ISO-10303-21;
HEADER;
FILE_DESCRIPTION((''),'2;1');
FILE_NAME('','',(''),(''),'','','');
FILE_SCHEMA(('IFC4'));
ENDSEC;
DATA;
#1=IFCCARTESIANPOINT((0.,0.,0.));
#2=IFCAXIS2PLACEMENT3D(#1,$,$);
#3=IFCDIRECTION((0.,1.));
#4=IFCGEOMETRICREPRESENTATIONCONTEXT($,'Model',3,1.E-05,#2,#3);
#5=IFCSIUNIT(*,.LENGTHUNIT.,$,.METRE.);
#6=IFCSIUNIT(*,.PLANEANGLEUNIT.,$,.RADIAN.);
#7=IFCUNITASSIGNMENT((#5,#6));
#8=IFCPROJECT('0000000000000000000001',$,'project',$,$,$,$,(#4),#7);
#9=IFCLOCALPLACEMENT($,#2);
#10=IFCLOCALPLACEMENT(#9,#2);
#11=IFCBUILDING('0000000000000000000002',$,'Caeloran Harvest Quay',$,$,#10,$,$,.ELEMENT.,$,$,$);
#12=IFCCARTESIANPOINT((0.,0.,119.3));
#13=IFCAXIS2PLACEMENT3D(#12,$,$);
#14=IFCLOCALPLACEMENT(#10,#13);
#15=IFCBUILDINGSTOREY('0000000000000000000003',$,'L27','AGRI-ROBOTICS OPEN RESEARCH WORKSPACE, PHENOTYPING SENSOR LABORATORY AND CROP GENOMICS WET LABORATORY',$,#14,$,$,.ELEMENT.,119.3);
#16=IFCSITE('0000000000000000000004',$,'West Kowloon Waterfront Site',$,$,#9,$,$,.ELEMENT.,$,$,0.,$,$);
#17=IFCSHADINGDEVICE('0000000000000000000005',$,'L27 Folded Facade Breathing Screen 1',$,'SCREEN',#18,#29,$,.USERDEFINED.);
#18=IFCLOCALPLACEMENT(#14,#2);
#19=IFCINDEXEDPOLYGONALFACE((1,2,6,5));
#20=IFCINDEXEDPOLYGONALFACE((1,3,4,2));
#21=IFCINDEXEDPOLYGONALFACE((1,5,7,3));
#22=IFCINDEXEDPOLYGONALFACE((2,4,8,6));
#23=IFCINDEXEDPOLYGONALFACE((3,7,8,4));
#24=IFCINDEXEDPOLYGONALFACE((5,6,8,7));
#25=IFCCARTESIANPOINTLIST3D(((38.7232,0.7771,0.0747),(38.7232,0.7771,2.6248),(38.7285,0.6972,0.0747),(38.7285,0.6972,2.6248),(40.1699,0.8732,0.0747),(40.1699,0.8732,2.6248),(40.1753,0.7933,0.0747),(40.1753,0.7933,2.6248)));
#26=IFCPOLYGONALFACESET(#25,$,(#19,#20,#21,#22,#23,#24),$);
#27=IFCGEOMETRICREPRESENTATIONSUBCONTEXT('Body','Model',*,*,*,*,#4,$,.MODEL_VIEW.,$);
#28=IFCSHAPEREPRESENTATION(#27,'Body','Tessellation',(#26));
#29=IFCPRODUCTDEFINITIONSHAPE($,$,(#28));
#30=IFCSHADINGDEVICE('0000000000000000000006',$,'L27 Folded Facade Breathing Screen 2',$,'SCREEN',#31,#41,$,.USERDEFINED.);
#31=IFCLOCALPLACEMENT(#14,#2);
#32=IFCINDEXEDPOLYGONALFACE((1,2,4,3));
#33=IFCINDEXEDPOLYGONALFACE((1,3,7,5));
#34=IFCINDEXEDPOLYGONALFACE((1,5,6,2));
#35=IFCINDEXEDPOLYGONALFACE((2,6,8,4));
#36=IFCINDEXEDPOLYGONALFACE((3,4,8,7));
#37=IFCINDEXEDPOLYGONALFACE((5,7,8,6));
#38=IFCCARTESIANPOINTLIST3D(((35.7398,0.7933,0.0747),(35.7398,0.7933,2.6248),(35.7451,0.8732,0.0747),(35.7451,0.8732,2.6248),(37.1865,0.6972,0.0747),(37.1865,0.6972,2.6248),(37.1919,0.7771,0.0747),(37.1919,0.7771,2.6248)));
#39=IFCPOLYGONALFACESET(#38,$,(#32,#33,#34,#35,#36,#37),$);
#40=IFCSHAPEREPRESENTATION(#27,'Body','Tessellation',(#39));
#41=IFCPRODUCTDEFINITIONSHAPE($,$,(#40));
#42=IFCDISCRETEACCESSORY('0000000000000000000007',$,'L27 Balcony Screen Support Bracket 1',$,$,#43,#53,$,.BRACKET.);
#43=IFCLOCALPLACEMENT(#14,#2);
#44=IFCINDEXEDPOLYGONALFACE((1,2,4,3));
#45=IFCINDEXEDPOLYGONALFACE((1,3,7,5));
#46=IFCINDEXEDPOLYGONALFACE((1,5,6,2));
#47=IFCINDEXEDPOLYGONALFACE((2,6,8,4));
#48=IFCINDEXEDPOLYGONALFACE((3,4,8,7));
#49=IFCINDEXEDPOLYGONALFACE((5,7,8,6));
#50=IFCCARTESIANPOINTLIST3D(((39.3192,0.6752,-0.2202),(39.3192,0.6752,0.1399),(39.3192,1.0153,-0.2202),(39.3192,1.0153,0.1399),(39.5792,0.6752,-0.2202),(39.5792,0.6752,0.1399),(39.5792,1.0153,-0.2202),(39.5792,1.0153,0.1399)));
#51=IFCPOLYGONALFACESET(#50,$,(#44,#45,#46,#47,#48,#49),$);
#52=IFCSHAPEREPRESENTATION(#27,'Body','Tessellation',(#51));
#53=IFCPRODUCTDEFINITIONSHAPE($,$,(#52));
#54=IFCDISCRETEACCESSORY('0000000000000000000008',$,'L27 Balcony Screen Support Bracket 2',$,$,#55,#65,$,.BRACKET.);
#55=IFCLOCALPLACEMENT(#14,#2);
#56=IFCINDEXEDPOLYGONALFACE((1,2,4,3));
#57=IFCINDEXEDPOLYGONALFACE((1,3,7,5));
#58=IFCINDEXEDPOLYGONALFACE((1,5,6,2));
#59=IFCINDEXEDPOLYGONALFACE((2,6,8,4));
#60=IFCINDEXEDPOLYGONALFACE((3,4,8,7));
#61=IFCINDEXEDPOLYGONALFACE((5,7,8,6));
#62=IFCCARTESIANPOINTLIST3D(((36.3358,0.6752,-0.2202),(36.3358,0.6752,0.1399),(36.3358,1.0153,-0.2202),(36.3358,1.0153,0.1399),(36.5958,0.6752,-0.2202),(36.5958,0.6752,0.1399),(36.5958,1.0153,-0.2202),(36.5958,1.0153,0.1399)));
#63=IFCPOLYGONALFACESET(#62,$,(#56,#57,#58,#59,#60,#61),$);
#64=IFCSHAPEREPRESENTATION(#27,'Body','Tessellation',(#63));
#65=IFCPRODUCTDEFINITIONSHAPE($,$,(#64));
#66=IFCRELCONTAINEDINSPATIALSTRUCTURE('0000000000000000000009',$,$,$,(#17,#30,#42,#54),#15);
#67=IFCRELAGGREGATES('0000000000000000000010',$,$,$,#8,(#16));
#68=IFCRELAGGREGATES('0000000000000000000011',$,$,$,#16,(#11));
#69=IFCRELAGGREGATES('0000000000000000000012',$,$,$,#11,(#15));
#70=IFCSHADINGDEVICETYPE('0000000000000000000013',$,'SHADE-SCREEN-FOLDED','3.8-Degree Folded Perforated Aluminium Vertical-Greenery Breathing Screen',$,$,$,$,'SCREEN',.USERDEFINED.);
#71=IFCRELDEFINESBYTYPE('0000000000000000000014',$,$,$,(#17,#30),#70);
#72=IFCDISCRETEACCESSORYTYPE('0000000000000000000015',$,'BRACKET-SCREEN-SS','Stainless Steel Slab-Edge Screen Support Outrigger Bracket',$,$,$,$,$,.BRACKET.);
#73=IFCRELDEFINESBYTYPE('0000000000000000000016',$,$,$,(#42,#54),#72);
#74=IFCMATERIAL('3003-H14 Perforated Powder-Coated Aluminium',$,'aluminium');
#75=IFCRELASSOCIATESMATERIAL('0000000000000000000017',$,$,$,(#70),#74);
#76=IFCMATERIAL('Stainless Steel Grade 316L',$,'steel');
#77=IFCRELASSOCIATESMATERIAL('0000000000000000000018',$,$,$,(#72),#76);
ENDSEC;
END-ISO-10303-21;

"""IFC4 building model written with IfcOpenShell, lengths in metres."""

from ifc_helpers import new_model, si_unit, direction, frame, origin, origin_2d, place, context, subcontext, project, spatial, rectangle, extrude, material, type_object, element, save


model = new_model("IFC4")

# Units and contexts
model_context = context("Model", 3, precision=1e-05, world=origin(), true_north=direction((0.0, 1.0)))
body_context = subcontext(model_context, "Body", "Model", "MODEL_VIEW")
ifc_project = project(units=[si_unit("LENGTHUNIT", "METRE"), si_unit("PLANEANGLEUNIT", "RADIAN")], contexts=[model_context])

# Site, building, storey
site_placement = place(None, origin())
site = spatial("IfcSite", under=ifc_project, at=site_placement, Name="West Kowloon Waterfront Site", CompositionType="ELEMENT", RefElevation=0.0)
building_placement = place(site_placement, origin())
building = spatial("IfcBuilding", under=site, at=building_placement, Name="Caeloran Harvest Quay", CompositionType="ELEMENT")
storey_placement = place(building_placement, frame((0.0, 0.0, 119.3)))
storey = spatial("IfcBuildingStorey", under=building, at=storey_placement, Name="L27", Description="AGRI-ROBOTICS OPEN RESEARCH WORKSPACE, PHENOTYPING SENSOR LABORATORY AND CROP GENOMICS WET LABORATORY", CompositionType="ELEMENT", Elevation=119.3)

# Shading devices
ifc_material_1 = material(Name="3003-H14 Perforated Powder-Coated Aluminium", Category="aluminium")
shading_device_type = type_object("IfcShadingDeviceType", Name="SHADE-SCREEN-FOLDED", Description="3.8-Degree Folded Perforated Aluminium Vertical-Greenery Breathing Screen", ElementType="SCREEN", PredefinedType="USERDEFINED", material=ifc_material_1)
for number, where, z_axis, x_axis, name in (
    (1, (39.4492, 0.7852, 0.0747), (0.0, 0.0, 1.0), (0.997801, 0.066274, 0.0), "L27 Folded Facade Breathing Screen 1"),
    (2, (36.4658, 0.7852, 0.0747), (0.0, 0.0, 1.0), (0.997801, -0.066274, 0.0), "L27 Folded Facade Breathing Screen 2"),
):
    element("IfcShadingDevice", number, at=place(storey_placement, frame(where, z_axis=z_axis, x_axis=x_axis)), inside=storey, type_object=shading_device_type, Name=name, ObjectType="SCREEN", PredefinedType="USERDEFINED", context=body_context, shape_type="SweptSolid", body=[
        extrude(rectangle(XDim=1.45, YDim=0.0801, at=origin_2d()), origin(), (0.0, 0.0, 1.0), 2.55),
    ])

# Discrete accessories
ifc_material_2 = material(Name="Stainless Steel Grade 316L", Category="steel")
discrete_accessory_type = type_object("IfcDiscreteAccessoryType", Name="BRACKET-SCREEN-SS", Description="Stainless Steel Slab-Edge Screen Support Outrigger Bracket", PredefinedType="BRACKET", material=ifc_material_2)
for number, where, z_axis, x_axis, name in (
    (3, (39.4492, 0.8452, -0.2202), (0.0, 0.0, 1.0), (1.0, 0.0, 0.0), "L27 Balcony Screen Support Bracket 1"),
    (4, (36.4658, 0.8452, -0.2202), (0.0, 0.0, 1.0), (1.0, 0.0, 0.0), "L27 Balcony Screen Support Bracket 2"),
):
    element("IfcDiscreteAccessory", number, at=place(storey_placement, frame(where, z_axis=z_axis, x_axis=x_axis)), inside=storey, type_object=discrete_accessory_type, Name=name, PredefinedType="BRACKET", context=body_context, shape_type="SweptSolid", body=[
        extrude(rectangle(XDim=0.26, YDim=0.3401, at=origin_2d()), origin(), (0.0, 0.0, 1.0), 0.3601),
    ])

save(model, "model.ifc")
